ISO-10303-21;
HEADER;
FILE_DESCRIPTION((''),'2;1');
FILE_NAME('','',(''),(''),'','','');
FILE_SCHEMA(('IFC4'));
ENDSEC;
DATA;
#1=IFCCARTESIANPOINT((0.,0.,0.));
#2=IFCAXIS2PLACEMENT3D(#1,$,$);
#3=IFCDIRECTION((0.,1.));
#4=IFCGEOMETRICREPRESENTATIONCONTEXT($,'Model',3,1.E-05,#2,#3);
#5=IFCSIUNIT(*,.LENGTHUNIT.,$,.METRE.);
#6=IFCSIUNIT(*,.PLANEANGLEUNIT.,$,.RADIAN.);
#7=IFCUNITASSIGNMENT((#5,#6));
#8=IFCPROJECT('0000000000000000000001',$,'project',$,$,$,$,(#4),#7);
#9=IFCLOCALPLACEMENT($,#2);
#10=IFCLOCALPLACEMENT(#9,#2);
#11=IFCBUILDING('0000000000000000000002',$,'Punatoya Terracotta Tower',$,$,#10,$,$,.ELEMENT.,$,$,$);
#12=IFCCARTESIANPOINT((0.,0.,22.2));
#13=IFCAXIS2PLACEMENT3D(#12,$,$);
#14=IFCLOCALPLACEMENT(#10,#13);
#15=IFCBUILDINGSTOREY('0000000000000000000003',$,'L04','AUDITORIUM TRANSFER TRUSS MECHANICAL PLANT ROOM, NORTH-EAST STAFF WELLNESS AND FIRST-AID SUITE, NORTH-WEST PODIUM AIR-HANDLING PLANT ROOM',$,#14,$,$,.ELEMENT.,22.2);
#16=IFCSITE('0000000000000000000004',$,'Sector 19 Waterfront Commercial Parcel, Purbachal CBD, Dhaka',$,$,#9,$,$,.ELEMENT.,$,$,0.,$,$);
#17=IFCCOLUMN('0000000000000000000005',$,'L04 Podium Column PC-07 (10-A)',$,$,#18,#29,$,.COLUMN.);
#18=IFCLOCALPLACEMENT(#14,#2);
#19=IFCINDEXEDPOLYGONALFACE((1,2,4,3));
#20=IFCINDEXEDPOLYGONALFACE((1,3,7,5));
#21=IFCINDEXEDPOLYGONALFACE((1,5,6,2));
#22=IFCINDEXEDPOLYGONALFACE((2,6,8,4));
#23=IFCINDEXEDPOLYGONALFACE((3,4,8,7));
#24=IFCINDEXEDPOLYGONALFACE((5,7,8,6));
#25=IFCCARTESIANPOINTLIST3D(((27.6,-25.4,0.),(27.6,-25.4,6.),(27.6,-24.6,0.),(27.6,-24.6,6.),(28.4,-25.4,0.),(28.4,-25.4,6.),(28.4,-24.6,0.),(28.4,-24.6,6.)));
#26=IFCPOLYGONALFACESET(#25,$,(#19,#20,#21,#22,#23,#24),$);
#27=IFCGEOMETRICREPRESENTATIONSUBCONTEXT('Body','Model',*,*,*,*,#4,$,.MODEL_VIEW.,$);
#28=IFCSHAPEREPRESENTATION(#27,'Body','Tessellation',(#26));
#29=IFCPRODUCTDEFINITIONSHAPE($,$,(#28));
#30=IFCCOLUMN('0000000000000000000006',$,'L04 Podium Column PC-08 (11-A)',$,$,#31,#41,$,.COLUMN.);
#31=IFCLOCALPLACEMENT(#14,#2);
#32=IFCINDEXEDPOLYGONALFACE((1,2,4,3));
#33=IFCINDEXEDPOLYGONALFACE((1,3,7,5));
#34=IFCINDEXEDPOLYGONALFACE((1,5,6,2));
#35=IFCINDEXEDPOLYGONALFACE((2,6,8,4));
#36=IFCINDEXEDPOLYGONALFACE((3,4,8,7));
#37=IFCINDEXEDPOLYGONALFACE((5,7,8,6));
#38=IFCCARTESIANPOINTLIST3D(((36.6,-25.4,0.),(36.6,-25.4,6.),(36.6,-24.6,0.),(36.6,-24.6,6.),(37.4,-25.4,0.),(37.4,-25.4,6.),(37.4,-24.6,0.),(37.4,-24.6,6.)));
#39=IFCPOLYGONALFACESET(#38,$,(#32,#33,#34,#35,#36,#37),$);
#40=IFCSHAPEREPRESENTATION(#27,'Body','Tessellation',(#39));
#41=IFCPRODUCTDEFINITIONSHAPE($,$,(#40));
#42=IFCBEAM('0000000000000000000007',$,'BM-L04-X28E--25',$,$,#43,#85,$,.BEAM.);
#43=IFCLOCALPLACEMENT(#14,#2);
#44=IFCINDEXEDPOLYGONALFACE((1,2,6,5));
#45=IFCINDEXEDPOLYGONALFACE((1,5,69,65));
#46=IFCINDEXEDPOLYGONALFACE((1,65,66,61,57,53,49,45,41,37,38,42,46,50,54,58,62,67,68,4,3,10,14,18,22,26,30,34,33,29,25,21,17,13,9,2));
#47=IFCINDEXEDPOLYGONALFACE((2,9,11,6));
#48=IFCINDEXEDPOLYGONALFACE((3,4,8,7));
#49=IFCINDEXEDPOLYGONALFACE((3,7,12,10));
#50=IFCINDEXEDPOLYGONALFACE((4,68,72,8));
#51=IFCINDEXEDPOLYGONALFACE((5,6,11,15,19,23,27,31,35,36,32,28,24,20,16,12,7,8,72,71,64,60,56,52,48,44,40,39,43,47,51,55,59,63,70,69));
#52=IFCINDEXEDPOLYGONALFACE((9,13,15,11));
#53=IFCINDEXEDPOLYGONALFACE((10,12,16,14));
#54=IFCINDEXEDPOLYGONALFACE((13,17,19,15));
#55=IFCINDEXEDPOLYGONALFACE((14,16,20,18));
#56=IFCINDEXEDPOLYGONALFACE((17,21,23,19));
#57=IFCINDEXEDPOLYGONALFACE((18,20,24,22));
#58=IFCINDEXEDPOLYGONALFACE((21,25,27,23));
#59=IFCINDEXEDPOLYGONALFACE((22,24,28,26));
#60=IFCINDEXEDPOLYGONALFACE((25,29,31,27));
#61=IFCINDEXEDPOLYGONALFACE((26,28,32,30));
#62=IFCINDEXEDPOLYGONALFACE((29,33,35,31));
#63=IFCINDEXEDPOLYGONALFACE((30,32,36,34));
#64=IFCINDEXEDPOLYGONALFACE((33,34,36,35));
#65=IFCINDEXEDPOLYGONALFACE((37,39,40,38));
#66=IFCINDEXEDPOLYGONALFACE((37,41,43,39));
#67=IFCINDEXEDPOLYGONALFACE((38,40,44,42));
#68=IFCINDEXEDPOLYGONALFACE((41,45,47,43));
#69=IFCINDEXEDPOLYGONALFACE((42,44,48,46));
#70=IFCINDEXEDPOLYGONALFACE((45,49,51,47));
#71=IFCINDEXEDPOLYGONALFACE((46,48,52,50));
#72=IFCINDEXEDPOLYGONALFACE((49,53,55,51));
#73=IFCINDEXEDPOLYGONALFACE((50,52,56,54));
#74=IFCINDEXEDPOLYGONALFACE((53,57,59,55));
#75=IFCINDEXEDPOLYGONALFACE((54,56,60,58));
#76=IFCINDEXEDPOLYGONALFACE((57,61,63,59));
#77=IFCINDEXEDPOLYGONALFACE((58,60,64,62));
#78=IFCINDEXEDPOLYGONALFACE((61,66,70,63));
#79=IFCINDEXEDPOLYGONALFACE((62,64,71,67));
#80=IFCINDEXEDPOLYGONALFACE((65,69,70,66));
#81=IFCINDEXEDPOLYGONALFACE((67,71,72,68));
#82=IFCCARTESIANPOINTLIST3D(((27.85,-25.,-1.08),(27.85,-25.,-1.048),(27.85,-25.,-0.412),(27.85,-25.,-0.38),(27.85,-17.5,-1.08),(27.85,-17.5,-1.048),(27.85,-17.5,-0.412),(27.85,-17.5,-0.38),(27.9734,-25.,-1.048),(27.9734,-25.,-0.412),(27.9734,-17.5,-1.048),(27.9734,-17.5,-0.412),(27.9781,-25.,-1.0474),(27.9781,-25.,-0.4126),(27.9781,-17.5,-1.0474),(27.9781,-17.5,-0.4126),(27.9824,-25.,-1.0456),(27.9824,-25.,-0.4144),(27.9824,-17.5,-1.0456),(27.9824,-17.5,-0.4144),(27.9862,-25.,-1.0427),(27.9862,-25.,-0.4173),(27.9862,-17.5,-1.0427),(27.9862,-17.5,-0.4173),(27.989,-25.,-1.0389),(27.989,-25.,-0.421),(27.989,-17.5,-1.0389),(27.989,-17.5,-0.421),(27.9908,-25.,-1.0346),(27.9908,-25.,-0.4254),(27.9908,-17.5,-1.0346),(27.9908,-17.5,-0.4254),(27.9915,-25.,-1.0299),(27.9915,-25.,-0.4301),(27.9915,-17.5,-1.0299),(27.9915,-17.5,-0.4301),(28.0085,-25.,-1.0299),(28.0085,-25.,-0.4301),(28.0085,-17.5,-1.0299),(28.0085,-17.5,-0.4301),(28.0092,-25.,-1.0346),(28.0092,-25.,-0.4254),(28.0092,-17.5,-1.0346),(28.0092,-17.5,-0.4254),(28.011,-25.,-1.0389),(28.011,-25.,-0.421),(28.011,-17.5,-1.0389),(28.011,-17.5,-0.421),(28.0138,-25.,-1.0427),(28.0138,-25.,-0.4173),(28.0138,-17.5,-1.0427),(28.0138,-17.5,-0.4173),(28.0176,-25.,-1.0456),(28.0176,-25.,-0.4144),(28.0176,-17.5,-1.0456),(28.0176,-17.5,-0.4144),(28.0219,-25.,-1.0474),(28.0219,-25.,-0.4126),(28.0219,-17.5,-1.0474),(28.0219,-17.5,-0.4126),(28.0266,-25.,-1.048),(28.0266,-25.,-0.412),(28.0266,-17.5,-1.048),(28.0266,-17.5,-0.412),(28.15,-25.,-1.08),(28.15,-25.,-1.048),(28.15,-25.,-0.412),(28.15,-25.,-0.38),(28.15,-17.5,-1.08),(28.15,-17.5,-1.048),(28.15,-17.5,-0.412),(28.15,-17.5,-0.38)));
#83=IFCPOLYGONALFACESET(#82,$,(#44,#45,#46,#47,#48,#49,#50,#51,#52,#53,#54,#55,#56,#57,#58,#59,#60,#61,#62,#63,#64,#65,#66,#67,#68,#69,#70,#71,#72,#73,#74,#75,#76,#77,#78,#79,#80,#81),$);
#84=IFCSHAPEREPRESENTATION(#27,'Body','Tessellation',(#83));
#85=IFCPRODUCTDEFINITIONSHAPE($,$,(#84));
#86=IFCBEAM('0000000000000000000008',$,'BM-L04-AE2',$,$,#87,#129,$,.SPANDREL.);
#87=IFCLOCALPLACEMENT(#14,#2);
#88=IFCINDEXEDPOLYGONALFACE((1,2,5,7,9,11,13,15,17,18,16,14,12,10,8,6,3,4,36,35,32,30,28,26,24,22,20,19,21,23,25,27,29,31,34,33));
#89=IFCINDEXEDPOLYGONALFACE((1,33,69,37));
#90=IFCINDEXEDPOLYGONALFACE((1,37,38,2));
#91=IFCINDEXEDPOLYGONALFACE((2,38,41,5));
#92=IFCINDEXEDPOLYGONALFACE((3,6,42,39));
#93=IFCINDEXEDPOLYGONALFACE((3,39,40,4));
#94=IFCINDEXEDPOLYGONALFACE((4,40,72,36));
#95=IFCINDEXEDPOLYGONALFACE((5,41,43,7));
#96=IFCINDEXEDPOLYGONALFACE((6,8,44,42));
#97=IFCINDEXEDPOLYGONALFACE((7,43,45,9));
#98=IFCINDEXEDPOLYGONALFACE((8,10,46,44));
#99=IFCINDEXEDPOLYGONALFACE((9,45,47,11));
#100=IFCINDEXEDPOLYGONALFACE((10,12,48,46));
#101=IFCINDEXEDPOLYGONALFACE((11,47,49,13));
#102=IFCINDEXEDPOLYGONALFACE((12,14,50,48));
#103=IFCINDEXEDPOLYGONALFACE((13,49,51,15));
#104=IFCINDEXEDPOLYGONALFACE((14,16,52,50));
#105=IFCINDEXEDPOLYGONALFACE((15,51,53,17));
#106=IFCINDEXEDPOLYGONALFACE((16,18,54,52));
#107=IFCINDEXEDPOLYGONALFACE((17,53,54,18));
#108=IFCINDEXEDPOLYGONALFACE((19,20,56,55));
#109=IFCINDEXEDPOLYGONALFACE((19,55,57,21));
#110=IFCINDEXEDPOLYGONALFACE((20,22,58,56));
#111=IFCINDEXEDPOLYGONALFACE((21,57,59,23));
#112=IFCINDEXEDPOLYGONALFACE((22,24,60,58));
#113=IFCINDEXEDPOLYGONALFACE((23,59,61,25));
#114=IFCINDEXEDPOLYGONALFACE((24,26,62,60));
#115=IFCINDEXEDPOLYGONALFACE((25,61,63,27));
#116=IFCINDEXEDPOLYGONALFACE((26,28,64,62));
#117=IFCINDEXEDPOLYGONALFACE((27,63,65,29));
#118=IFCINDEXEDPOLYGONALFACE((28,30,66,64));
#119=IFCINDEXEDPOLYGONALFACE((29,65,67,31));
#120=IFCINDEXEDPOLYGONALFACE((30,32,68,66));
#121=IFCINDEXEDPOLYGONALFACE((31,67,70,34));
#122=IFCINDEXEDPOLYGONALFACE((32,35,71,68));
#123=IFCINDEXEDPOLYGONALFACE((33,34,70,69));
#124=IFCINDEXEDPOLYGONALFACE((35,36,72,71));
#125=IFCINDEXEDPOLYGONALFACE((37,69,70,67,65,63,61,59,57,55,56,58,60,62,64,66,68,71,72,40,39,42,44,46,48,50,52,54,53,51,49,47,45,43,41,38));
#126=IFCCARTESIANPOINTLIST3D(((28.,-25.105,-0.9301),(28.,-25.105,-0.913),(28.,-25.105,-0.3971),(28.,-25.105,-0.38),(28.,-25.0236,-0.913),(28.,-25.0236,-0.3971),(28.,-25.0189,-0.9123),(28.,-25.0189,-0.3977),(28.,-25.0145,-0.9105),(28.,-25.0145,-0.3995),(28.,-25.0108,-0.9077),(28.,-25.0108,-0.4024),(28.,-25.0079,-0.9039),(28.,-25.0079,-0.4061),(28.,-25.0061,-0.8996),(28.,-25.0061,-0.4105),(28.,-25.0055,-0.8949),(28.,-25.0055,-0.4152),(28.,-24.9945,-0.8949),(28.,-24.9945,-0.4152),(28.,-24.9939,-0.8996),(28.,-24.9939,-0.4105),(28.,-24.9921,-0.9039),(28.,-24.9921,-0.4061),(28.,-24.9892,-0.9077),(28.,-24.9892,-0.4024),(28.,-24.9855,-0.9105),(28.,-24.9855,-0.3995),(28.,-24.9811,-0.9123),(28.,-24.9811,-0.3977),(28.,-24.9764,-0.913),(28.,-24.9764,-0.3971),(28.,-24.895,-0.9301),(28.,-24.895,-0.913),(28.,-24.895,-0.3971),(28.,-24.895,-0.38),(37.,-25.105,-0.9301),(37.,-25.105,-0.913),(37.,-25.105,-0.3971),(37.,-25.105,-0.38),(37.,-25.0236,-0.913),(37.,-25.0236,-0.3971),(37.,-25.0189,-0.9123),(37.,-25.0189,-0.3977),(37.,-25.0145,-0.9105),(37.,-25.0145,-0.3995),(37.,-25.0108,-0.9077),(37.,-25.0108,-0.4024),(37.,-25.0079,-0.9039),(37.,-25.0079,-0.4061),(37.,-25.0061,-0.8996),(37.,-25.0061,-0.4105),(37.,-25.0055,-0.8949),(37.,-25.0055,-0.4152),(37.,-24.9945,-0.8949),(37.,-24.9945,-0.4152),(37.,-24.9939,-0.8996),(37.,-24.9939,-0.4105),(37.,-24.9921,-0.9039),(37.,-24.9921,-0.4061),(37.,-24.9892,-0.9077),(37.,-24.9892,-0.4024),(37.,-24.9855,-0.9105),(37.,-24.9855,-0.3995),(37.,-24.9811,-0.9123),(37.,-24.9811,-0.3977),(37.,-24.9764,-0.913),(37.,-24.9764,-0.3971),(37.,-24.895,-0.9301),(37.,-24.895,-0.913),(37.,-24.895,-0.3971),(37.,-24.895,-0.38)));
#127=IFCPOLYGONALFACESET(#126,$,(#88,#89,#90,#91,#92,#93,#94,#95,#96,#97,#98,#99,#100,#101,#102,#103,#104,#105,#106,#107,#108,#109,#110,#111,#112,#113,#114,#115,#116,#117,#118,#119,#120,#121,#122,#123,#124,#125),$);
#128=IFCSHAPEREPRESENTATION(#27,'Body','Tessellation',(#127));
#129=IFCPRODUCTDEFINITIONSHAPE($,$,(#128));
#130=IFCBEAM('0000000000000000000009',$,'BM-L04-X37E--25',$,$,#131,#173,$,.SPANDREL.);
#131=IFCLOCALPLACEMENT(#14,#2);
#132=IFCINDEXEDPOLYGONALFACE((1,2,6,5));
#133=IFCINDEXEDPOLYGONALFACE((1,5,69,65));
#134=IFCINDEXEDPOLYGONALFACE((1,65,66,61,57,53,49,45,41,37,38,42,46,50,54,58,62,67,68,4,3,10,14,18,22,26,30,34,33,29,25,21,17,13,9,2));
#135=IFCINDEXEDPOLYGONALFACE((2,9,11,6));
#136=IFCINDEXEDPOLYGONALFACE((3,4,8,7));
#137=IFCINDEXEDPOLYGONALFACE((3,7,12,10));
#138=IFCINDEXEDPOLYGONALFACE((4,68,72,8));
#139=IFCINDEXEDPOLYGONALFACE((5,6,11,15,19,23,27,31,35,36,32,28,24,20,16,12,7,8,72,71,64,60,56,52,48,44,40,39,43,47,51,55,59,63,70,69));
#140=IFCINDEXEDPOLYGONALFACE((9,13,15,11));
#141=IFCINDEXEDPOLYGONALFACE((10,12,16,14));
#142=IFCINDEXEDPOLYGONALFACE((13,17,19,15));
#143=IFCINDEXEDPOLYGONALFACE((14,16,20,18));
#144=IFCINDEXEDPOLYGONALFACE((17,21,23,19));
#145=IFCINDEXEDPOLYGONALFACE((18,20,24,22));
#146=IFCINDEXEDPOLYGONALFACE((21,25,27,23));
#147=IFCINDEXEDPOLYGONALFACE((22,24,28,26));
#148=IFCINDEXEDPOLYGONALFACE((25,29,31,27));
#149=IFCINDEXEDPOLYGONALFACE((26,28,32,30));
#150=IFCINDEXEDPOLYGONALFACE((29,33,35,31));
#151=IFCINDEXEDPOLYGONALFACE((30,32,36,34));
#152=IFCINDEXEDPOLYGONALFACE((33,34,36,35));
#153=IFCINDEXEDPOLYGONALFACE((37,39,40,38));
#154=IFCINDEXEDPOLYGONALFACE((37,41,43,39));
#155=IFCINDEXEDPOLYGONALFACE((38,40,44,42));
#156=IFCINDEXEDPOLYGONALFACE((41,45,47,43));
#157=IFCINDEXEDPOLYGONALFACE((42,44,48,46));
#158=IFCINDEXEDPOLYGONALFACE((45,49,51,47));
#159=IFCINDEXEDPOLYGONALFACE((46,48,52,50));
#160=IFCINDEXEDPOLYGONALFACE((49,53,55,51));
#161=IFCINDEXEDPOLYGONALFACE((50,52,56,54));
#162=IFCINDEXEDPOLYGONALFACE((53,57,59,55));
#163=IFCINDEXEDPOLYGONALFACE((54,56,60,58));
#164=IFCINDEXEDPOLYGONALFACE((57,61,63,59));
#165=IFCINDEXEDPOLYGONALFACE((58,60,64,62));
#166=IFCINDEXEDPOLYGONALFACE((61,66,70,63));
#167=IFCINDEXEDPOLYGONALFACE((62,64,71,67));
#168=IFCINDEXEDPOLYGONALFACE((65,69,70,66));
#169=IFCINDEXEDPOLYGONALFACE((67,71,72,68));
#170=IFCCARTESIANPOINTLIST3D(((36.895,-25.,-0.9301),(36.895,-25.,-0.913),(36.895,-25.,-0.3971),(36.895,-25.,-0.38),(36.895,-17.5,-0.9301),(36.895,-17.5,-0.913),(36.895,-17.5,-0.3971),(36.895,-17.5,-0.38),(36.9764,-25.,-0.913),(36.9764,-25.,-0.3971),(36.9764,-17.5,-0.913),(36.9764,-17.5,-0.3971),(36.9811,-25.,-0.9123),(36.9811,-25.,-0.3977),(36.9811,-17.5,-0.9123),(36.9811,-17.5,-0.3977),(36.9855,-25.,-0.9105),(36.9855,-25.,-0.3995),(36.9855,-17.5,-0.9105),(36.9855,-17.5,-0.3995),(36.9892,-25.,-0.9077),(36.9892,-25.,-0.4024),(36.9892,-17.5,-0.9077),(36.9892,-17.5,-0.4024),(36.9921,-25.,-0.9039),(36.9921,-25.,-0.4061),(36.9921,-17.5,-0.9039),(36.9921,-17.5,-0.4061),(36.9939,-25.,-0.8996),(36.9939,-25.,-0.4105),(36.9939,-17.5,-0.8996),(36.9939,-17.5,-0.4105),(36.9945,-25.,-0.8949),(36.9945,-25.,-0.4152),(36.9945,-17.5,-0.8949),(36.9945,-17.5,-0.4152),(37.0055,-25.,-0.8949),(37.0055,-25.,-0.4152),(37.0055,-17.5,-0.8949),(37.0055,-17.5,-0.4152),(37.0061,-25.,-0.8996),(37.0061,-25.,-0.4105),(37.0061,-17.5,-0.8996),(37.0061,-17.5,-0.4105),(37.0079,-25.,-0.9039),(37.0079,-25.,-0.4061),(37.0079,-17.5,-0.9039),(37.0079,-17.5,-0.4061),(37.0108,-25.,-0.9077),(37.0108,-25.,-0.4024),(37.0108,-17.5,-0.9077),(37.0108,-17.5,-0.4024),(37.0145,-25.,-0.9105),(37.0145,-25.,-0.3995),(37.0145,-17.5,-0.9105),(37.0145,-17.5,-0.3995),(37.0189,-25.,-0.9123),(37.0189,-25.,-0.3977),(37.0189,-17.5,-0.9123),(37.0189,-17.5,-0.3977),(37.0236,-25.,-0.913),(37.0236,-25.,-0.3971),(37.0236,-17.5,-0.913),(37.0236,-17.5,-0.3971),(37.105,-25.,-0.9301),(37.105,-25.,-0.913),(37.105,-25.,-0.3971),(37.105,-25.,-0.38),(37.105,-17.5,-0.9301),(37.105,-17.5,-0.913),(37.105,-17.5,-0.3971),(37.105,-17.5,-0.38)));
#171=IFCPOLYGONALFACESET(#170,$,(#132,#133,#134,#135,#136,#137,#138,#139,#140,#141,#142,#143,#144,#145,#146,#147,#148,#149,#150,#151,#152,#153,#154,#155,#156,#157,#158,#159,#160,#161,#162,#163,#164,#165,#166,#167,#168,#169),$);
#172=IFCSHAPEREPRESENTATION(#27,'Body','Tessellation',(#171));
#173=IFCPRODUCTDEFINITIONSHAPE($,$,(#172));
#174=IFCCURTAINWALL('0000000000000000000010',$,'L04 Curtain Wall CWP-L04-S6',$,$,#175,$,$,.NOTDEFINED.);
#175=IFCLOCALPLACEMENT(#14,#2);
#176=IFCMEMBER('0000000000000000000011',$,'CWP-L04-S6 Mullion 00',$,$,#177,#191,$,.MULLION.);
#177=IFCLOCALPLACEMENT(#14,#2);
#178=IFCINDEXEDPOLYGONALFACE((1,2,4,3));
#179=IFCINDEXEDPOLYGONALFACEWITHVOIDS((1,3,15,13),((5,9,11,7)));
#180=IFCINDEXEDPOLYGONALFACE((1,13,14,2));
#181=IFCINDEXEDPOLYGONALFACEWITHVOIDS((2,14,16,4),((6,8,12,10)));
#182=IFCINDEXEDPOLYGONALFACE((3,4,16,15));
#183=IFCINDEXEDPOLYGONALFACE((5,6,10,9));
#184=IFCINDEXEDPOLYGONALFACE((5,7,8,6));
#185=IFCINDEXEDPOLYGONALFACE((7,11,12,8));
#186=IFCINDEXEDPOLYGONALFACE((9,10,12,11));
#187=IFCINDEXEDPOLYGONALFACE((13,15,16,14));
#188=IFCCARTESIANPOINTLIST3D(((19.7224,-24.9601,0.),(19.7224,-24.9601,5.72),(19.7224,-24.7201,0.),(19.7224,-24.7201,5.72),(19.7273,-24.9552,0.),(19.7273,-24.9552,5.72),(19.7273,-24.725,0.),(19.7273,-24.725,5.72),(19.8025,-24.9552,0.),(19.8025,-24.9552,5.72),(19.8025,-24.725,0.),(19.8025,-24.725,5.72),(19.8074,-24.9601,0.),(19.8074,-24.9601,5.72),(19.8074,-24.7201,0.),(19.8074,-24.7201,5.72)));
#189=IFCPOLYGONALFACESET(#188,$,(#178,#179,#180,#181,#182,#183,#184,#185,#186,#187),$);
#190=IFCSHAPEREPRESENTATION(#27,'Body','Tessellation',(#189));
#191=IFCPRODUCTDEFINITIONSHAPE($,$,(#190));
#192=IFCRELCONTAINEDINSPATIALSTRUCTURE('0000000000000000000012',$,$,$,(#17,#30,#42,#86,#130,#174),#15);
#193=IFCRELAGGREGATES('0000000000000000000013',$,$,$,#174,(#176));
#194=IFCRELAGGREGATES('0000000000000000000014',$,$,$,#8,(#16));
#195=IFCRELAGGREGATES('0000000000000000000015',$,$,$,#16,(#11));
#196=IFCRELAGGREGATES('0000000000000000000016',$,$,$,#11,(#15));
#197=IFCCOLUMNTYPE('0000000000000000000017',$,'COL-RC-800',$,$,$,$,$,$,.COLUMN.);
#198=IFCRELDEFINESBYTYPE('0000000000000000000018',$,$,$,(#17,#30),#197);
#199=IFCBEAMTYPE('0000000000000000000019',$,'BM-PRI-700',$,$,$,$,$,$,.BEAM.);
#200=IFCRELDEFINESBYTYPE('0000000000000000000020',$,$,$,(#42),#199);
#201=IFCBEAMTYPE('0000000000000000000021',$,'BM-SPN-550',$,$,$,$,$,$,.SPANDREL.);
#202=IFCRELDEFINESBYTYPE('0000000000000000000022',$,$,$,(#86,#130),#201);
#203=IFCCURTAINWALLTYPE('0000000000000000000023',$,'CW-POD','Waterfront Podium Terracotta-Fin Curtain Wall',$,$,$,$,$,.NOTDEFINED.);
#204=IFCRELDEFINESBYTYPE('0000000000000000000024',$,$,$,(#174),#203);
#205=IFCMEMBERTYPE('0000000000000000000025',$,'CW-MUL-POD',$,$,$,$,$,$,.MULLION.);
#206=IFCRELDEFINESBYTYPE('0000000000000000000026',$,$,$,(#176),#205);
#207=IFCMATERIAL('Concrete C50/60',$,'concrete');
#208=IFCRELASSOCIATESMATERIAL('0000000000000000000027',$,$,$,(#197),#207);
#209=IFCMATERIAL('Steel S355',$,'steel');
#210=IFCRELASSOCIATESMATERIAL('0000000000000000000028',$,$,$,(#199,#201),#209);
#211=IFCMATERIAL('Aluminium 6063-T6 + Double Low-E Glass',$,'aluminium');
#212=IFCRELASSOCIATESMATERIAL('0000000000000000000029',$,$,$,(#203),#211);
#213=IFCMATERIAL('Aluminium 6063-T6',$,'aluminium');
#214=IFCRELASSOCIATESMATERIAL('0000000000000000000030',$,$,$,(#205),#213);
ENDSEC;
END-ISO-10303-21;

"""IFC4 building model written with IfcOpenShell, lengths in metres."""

from ifc_helpers import new_model, si_unit, direction, frame, origin, origin_2d, place, context, subcontext, project, spatial, rectangle, hollow_rectangle, i_section, extrude, material, material_profile, profile_set, type_object, element, aggregate, save


model = new_model("IFC4")

# Units and contexts
model_context = context("Model", 3, precision=1e-05, world=origin(), true_north=direction((0.0, 1.0)))
body_context = subcontext(model_context, "Body", "Model", "MODEL_VIEW")
ifc_project = project(units=[si_unit("LENGTHUNIT", "METRE"), si_unit("PLANEANGLEUNIT", "RADIAN")], contexts=[model_context])

# Site, building, storey
site_placement = place(None, origin())
site = spatial("IfcSite", under=ifc_project, at=site_placement, Name="Sector 19 Waterfront Commercial Parcel, Purbachal CBD, Dhaka", CompositionType="ELEMENT", RefElevation=0.0)
building_placement = place(site_placement, origin())
building = spatial("IfcBuilding", under=site, at=building_placement, Name="Punatoya Terracotta Tower", CompositionType="ELEMENT")
storey_placement = place(building_placement, frame((0.0, 0.0, 22.2)))
storey = spatial("IfcBuildingStorey", under=building, at=storey_placement, Name="L04", Description="AUDITORIUM TRANSFER TRUSS MECHANICAL PLANT ROOM, NORTH-EAST STAFF WELLNESS AND FIRST-AID SUITE, NORTH-WEST PODIUM AIR-HANDLING PLANT ROOM", CompositionType="ELEMENT", Elevation=22.2)

# Columns
ifc_material_1 = material(Name="Concrete C50/60", Category="concrete")
ifc_material_profile_1 = material_profile(ifc_material_1, rectangle(XDim=0.8, YDim=0.8, at=origin_2d()))
ifc_profile_set_1 = profile_set([ifc_material_profile_1], Name="Concrete C50/60")
column_type = type_object("IfcColumnType", Name="COL-RC-800", PredefinedType="COLUMN", material=ifc_profile_set_1)
for number, where, z_axis, x_axis, name in (
    (1, (28.0, -25.0, 0.0), (0.0, 0.0, 1.0), (1.0, 0.0, 0.0), "L04 Podium Column PC-07 (10-A)"),
    (2, (37.0, -25.0, 0.0), (0.0, 0.0, 1.0), (1.0, 0.0, 0.0), "L04 Podium Column PC-08 (11-A)"),
):
    element("IfcColumn", number, at=place(storey_placement, frame(where, z_axis=z_axis, x_axis=x_axis)), inside=storey, type_object=column_type, Name=name, PredefinedType="COLUMN", context=body_context, shape_type="SweptSolid", body=[
        extrude(rectangle(XDim=0.8, YDim=0.8, at=origin_2d()), origin(), (0.0, 0.0, 1.0), 6.0),
    ])

# Beams
ifc_material_2 = material(Name="Steel S355", Category="steel")
ifc_material_profile_2 = material_profile(ifc_material_2, i_section(OverallWidth=0.3, OverallDepth=0.7, WebThickness=0.0171, FlangeThickness=0.032, FilletRadius=0.0181, at=origin_2d()))
ifc_profile_set_2 = profile_set([ifc_material_profile_2], Name="Steel S355")
beam_type_1 = type_object("IfcBeamType", Name="BM-PRI-700", PredefinedType="BEAM", material=ifc_profile_set_2)
beam_1_placement = place(storey_placement, frame((28.0, -25.0, -0.73), z_axis=(0.0, 1.0, 0.0), x_axis=(-1.0, 0.0, 0.0)))
element("IfcBeam", 3, at=beam_1_placement, inside=storey, type_object=beam_type_1, Name="BM-L04-X28E--25", PredefinedType="BEAM", context=body_context, shape_type="SweptSolid", body=[
    extrude(i_section(OverallWidth=0.3, OverallDepth=0.7, WebThickness=0.0171, FlangeThickness=0.032, FilletRadius=0.0181, at=origin_2d()), origin(), (0.0, 0.0, 1.0), 7.5),
])
ifc_material_profile_3 = material_profile(ifc_material_2, i_section(OverallWidth=0.21, OverallDepth=0.55, WebThickness=0.011, FlangeThickness=0.0171, FilletRadius=0.0181, at=origin_2d()))
ifc_profile_set_3 = profile_set([ifc_material_profile_3], Name="Steel S355")
beam_type_2 = type_object("IfcBeamType", Name="BM-SPN-550", PredefinedType="SPANDREL", material=ifc_profile_set_3)
beam_2_placement = place(storey_placement, frame((28.0, -25.0, -0.655), z_axis=(1.0, 0.0, 0.0), x_axis=(0.0, 1.0, 0.0)))
element("IfcBeam", 4, at=beam_2_placement, inside=storey, type_object=beam_type_2, Name="BM-L04-AE2", PredefinedType="SPANDREL", context=body_context, shape_type="SweptSolid", body=[
    extrude(i_section(OverallWidth=0.21, OverallDepth=0.55, WebThickness=0.011, FlangeThickness=0.0171, FilletRadius=0.0181, at=origin_2d()), origin(), (0.0, 0.0, 1.0), 9.0),
])
beam_3_placement = place(storey_placement, frame((37.0, -25.0, -0.655), z_axis=(0.0, 1.0, 0.0), x_axis=(-1.0, 0.0, 0.0)))
element("IfcBeam", 5, at=beam_3_placement, inside=storey, type_object=beam_type_2, Name="BM-L04-X37E--25", PredefinedType="SPANDREL", context=body_context, shape_type="SweptSolid", body=[
    extrude(i_section(OverallWidth=0.21, OverallDepth=0.55, WebThickness=0.011, FlangeThickness=0.0171, FilletRadius=0.0181, at=origin_2d()), origin(), (0.0, 0.0, 1.0), 7.5),
])

# Curtain wall, member
ifc_material_3 = material(Name="Aluminium 6063-T6 + Double Low-E Glass", Category="aluminium")
curtain_wall_type = type_object("IfcCurtainWallType", Name="CW-POD", Description="Waterfront Podium Terracotta-Fin Curtain Wall", PredefinedType="NOTDEFINED", material=ifc_material_3)
curtain_wall_1_placement = place(storey_placement, origin())
curtain_wall_1 = element("IfcCurtainWall", 6, at=curtain_wall_1_placement, inside=storey, type_object=curtain_wall_type, Name="L04 Curtain Wall CWP-L04-S6", PredefinedType="NOTDEFINED")
ifc_material_4 = material(Name="Aluminium 6063-T6", Category="aluminium")
ifc_material_profile_4 = material_profile(ifc_material_4, hollow_rectangle(XDim=0.085, YDim=0.24, WallThickness=0.0049, at=origin_2d()))
ifc_profile_set_4 = profile_set([ifc_material_profile_4], Name="Aluminium 6063-T6")
member_type_1 = type_object("IfcMemberType", Name="CW-MUL-POD", PredefinedType="MULLION", material=ifc_profile_set_4)
member_1_placement = place(storey_placement, frame((19.7649, -24.8401, 0.0), z_axis=(0.0, 0.0, 1.0), x_axis=(1.0, 0.0, 0.0)))
member_1 = element("IfcMember", 7, at=member_1_placement, type_object=member_type_1, Name="CWP-L04-S6 Mullion 00", PredefinedType="MULLION", context=body_context, shape_type="SweptSolid", body=[
    extrude(hollow_rectangle(XDim=0.085, YDim=0.24, WallThickness=0.0049, at=origin_2d()), origin(), (0.0, 0.0, 1.0), 5.72),
])

aggregate(curtain_wall_1, [member_1])

save(model, "model.ifc")
